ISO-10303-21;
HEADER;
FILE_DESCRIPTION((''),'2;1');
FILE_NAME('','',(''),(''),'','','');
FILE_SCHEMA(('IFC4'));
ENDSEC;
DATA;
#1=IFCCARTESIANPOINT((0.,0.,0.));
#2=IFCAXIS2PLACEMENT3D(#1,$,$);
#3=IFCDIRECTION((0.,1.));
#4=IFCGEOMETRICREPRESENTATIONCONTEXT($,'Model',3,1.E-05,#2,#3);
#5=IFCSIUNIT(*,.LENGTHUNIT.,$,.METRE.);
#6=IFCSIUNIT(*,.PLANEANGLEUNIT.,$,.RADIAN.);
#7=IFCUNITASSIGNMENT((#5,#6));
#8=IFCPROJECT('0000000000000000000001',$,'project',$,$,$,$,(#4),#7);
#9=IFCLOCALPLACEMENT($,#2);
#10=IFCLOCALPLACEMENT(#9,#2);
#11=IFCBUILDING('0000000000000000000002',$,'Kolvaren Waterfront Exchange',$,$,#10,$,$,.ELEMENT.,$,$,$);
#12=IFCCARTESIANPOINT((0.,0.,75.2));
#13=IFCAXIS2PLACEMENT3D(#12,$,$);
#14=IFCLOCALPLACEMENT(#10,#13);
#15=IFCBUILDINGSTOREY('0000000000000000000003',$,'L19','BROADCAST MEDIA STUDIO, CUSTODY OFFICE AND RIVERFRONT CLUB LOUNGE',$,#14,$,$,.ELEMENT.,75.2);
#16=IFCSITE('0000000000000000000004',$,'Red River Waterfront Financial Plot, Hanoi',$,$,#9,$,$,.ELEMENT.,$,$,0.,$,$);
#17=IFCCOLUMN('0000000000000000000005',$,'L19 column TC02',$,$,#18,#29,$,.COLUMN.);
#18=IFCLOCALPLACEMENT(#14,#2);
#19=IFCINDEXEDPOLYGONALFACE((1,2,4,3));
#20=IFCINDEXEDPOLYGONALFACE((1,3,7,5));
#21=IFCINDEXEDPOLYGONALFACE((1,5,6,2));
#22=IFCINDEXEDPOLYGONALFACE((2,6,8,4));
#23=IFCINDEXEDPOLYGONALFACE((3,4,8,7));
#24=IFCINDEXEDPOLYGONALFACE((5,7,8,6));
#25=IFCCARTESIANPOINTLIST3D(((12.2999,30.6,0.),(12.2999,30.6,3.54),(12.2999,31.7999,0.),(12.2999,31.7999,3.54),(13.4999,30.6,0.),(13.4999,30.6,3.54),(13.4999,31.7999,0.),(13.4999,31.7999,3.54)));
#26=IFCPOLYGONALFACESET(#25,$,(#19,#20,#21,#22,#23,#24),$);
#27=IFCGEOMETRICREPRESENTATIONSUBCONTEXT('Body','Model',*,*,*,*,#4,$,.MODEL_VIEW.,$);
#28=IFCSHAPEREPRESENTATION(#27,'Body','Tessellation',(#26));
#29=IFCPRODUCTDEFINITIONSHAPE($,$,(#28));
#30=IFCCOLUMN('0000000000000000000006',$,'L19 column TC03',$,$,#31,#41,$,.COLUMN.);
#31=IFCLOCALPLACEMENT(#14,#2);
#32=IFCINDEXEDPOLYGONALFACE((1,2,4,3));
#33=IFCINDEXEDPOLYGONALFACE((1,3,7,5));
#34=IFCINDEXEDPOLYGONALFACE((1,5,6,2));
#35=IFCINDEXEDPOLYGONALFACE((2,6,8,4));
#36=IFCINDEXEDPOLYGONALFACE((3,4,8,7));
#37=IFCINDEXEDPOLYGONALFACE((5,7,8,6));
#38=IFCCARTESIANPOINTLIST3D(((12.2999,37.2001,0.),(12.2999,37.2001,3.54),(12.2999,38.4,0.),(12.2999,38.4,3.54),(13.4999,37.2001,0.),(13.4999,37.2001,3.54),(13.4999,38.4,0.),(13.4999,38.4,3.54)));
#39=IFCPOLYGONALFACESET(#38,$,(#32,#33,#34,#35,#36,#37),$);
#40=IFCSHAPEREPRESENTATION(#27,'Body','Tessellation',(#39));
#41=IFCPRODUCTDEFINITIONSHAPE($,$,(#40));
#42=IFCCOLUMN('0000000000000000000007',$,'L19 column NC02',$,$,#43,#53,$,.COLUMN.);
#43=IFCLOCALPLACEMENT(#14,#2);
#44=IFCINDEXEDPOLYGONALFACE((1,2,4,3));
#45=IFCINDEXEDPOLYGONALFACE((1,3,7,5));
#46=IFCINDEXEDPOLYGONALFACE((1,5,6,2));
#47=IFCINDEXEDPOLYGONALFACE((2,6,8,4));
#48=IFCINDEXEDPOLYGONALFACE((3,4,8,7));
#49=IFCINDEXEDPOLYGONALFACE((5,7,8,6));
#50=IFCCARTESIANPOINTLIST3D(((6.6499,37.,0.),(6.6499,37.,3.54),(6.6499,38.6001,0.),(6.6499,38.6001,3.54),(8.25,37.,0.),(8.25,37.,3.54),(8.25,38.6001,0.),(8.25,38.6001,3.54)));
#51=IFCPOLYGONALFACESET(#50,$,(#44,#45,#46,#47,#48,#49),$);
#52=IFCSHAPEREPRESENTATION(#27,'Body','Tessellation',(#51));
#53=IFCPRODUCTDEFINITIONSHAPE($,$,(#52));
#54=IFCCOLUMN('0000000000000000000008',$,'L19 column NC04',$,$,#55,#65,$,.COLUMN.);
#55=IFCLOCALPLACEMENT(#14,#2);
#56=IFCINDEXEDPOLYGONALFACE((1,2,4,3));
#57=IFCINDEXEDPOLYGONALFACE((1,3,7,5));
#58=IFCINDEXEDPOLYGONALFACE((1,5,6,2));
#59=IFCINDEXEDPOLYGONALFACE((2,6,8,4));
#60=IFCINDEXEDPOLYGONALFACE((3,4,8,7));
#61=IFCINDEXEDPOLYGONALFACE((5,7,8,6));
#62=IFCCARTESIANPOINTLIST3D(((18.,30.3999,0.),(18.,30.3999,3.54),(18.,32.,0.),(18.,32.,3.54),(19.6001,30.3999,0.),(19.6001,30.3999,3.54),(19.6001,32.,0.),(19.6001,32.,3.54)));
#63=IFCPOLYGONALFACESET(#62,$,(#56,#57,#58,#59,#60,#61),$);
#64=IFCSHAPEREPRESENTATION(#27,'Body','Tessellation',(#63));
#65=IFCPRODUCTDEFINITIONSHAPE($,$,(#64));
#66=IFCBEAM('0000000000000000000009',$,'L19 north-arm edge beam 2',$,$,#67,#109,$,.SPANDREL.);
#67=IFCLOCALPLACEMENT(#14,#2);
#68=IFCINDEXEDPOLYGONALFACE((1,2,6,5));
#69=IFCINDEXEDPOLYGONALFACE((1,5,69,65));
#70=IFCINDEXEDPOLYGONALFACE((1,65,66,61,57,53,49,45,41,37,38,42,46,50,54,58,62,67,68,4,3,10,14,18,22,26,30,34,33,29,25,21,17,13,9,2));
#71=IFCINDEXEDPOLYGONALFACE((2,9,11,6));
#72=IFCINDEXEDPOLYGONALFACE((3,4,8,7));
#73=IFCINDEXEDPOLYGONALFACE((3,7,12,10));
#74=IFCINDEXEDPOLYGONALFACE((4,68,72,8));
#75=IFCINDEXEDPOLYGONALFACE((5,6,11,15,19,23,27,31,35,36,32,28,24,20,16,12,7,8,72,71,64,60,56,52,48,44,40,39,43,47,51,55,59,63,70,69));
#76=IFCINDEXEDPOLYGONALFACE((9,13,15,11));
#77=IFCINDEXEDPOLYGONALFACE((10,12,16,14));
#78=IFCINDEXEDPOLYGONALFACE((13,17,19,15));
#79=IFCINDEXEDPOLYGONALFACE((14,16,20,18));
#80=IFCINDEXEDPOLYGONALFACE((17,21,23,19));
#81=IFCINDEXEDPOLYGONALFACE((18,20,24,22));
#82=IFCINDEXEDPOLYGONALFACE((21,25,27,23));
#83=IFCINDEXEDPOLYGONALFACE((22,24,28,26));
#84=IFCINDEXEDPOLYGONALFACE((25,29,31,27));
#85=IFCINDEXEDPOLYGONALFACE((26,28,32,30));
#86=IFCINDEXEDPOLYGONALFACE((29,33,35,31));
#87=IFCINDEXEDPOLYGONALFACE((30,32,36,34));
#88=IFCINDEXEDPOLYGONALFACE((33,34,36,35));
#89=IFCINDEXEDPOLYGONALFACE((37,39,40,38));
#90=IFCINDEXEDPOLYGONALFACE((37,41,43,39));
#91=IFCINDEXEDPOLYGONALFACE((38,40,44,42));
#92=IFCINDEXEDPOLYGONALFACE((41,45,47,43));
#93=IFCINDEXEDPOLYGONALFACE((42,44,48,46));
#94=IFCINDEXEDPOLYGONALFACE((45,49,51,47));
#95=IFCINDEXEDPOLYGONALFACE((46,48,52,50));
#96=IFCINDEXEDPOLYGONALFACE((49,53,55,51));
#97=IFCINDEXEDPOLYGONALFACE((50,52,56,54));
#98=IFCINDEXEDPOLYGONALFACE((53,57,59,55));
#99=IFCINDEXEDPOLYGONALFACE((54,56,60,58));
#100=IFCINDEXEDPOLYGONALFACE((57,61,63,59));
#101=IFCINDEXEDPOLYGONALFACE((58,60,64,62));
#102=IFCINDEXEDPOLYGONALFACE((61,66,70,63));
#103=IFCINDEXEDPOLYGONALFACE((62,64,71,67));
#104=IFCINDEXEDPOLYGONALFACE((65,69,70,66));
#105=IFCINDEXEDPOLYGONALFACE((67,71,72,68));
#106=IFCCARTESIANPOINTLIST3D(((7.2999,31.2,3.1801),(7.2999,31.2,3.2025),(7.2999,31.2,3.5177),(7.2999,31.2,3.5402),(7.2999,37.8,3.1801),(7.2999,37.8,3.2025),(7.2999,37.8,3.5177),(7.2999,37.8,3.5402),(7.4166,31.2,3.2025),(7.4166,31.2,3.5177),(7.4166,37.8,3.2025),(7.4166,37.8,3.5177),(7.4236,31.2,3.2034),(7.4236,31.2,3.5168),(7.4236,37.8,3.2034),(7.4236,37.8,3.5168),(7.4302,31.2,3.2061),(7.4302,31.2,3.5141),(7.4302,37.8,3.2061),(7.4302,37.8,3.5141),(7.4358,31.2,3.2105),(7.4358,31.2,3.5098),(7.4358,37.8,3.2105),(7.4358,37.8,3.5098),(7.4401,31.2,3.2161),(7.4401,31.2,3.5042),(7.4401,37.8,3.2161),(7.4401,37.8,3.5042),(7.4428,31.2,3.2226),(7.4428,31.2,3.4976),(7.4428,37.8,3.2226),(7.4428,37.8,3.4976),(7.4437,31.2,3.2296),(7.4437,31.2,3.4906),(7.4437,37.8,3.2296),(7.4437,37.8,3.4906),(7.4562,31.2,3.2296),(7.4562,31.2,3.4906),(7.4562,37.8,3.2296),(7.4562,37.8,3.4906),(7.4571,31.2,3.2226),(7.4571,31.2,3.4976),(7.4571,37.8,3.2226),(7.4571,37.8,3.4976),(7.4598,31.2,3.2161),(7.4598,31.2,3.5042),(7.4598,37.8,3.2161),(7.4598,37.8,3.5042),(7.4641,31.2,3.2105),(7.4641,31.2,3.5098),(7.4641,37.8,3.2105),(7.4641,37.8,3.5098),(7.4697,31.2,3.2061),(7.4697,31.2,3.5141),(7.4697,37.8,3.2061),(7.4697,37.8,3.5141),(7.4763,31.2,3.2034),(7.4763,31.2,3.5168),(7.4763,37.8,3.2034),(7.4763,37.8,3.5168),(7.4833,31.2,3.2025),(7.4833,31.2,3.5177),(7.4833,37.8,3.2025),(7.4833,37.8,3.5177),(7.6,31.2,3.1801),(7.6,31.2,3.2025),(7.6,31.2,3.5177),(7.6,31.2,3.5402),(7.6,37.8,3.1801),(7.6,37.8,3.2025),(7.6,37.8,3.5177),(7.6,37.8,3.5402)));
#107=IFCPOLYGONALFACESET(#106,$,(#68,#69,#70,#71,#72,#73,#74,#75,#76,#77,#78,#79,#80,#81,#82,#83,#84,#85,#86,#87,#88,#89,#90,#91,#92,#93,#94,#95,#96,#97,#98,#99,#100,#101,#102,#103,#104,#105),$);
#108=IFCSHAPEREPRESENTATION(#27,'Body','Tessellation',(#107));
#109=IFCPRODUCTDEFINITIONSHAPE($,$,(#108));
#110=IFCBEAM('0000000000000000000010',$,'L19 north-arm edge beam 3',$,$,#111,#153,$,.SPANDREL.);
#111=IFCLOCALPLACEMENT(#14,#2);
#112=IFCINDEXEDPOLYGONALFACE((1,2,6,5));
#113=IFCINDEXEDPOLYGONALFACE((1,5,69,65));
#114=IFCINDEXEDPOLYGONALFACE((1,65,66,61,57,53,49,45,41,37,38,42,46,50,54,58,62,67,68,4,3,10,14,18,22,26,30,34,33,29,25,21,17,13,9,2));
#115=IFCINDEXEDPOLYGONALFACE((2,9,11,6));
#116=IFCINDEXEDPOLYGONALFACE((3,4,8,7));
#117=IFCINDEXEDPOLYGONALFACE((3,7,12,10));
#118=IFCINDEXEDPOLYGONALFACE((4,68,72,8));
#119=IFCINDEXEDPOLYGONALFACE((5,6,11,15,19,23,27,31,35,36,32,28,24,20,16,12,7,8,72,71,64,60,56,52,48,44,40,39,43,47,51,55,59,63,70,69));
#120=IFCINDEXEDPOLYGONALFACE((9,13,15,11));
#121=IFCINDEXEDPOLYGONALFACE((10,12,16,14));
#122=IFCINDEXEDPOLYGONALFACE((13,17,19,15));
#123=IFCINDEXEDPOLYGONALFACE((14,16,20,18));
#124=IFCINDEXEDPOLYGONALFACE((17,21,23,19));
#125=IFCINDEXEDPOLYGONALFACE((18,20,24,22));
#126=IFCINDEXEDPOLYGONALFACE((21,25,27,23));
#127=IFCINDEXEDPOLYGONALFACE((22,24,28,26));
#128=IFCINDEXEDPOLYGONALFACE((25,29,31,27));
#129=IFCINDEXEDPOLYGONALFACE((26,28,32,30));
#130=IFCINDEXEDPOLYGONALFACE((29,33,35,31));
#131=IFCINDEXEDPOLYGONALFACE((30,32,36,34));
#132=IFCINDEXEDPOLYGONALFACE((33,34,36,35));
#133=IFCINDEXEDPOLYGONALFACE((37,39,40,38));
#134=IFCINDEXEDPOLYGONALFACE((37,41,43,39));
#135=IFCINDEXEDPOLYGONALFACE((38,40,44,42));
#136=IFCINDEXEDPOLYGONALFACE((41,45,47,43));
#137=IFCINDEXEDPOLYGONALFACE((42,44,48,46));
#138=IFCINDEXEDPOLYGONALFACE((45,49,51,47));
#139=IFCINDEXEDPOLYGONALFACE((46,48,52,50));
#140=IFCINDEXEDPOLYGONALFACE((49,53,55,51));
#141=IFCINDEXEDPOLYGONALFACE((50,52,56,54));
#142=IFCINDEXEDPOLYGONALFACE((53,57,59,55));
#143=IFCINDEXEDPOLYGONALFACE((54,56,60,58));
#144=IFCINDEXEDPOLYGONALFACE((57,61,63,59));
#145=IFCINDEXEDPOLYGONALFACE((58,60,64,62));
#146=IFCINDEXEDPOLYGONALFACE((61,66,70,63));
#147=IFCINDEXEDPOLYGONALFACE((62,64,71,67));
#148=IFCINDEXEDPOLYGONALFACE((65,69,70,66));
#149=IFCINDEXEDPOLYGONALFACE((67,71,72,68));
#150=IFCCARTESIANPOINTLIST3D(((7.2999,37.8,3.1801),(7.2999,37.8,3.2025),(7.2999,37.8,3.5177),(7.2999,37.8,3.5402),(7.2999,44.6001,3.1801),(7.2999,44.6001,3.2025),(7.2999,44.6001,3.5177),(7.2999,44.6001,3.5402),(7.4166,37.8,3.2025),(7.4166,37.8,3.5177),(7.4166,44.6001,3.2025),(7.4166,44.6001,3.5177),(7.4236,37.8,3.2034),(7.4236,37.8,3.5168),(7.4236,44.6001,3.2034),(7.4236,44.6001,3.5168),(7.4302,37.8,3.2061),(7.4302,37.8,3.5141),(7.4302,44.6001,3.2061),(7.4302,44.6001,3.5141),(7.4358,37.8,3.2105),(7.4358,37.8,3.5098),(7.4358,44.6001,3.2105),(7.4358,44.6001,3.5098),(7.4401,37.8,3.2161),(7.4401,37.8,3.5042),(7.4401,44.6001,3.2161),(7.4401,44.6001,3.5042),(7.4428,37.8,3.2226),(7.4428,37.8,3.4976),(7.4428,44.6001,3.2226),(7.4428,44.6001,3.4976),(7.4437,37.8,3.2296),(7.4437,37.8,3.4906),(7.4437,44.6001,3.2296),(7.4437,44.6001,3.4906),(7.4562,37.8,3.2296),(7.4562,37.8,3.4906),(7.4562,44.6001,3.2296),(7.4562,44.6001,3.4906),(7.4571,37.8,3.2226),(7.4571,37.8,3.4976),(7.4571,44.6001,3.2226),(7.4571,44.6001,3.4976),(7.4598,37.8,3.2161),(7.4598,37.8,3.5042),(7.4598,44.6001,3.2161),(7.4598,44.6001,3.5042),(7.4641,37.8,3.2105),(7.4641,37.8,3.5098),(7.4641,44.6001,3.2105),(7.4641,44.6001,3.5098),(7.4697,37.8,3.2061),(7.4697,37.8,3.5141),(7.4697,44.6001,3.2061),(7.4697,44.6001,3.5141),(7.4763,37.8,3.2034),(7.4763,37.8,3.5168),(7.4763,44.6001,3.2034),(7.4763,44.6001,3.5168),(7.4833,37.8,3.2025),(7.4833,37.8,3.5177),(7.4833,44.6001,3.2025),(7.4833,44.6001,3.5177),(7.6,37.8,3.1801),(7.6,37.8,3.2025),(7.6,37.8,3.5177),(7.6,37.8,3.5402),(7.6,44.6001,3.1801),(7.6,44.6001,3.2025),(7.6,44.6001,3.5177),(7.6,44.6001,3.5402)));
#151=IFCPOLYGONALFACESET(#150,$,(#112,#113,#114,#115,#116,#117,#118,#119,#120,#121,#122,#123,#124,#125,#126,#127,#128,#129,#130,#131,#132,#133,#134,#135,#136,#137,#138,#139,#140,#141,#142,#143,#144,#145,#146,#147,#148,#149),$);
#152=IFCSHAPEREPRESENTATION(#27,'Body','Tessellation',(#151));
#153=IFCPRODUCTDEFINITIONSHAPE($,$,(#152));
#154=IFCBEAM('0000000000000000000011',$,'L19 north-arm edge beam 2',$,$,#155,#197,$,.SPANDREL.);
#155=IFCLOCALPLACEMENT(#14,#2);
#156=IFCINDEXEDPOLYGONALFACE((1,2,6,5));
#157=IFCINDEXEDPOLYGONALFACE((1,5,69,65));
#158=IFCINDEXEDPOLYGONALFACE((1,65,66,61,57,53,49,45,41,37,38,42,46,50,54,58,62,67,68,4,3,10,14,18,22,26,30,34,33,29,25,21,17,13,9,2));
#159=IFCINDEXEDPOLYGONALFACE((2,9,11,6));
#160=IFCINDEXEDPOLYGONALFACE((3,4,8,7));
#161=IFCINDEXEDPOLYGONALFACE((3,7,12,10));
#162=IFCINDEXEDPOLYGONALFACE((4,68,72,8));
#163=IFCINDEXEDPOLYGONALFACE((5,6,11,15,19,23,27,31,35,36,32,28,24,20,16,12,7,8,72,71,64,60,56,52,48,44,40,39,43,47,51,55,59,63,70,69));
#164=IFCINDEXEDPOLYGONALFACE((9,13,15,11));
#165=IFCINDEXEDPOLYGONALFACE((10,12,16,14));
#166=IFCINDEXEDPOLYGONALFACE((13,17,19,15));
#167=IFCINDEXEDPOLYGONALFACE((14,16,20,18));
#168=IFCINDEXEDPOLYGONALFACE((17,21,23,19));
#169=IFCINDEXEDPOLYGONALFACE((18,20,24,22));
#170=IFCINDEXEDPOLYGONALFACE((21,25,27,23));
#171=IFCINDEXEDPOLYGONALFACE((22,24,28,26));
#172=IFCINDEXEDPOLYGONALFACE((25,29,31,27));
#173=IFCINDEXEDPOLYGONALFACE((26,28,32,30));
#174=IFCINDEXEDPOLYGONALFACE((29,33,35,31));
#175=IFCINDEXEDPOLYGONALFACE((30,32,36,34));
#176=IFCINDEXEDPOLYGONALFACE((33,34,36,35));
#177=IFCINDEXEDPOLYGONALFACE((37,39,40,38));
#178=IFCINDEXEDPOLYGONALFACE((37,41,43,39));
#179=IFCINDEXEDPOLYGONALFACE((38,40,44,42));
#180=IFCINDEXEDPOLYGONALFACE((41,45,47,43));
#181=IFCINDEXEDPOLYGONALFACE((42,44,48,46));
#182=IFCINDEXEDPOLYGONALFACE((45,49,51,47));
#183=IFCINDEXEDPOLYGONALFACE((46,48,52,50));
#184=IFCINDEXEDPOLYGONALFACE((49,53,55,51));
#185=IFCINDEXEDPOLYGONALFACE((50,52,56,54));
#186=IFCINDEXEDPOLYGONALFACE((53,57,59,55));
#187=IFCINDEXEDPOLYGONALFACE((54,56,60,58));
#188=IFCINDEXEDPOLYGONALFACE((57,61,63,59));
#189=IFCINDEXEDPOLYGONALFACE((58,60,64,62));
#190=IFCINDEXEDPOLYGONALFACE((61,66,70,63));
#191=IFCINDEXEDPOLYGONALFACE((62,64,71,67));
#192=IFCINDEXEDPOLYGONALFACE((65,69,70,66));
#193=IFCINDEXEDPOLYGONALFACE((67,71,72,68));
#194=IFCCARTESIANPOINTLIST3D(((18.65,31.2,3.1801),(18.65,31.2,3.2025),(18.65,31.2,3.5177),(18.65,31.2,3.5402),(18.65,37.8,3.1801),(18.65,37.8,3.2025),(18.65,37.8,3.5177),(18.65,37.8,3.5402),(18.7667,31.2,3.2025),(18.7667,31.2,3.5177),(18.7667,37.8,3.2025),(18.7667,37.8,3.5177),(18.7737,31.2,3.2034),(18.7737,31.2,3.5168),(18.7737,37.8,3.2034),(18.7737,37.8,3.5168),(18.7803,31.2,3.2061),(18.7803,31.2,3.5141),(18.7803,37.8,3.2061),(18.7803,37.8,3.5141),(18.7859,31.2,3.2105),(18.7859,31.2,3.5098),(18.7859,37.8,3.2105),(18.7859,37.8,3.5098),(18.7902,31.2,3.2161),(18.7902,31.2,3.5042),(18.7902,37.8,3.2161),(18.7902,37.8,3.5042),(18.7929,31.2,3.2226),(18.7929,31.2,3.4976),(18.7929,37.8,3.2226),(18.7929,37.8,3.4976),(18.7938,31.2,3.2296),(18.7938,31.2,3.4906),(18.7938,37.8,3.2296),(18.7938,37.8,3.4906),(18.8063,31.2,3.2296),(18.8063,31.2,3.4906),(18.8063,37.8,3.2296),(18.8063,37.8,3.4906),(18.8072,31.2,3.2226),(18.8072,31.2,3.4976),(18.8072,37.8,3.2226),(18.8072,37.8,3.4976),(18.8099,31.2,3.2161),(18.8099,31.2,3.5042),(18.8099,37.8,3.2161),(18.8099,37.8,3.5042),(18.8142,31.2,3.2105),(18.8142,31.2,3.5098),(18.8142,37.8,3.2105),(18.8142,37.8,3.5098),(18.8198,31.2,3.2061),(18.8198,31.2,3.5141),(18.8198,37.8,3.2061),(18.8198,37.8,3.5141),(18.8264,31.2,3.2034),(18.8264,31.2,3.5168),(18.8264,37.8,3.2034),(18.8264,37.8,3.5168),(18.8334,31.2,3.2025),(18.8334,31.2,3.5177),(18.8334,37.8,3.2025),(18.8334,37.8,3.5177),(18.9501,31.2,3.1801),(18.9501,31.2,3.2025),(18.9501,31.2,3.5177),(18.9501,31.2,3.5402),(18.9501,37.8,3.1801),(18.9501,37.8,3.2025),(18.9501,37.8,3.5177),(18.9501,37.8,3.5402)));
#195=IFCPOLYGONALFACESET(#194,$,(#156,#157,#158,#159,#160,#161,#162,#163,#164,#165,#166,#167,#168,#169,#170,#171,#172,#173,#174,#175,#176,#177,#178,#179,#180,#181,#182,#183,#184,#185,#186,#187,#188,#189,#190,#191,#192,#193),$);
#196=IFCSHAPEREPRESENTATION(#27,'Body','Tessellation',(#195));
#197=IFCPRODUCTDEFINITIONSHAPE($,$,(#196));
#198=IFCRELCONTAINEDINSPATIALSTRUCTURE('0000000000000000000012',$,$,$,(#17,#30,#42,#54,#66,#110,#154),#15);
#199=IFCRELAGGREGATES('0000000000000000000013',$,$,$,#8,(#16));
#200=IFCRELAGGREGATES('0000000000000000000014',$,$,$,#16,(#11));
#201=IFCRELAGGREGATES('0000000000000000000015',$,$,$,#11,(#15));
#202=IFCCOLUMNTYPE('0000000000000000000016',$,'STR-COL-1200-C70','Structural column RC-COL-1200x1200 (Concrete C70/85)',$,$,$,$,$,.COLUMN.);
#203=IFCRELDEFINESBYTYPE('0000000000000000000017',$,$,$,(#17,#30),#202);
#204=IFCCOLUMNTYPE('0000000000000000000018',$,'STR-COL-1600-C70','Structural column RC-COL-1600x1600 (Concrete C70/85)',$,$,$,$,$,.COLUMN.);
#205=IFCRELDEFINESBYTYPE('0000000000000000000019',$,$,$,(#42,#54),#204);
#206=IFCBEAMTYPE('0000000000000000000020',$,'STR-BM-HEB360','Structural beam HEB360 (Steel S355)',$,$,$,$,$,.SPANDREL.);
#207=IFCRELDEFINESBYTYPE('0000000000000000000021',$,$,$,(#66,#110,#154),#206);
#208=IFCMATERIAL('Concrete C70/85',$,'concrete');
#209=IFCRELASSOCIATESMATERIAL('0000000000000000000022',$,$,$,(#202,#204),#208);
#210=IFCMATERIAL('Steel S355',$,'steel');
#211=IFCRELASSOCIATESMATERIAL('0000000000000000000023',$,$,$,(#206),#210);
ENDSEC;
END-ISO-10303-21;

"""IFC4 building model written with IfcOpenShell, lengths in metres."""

from ifc_helpers import new_model, si_unit, direction, frame, origin, origin_2d, place, context, subcontext, project, spatial, rectangle, i_section, extrude, material, material_profile, profile_set, type_object, element, save


model = new_model("IFC4")

# Units and contexts
model_context = context("Model", 3, precision=1e-05, world=origin(), true_north=direction((0.0, 1.0)))
body_context = subcontext(model_context, "Body", "Model", "MODEL_VIEW")
ifc_project = project(units=[si_unit("LENGTHUNIT", "METRE"), si_unit("PLANEANGLEUNIT", "RADIAN")], contexts=[model_context])

# Site, building, storey
site_placement = place(None, origin())
site = spatial("IfcSite", under=ifc_project, at=site_placement, Name="Red River Waterfront Financial Plot, Hanoi", CompositionType="ELEMENT", RefElevation=0.0)
building_placement = place(site_placement, origin())
building = spatial("IfcBuilding", under=site, at=building_placement, Name="Kolvaren Waterfront Exchange", CompositionType="ELEMENT")
storey_placement = place(building_placement, frame((0.0, 0.0, 75.2)))
storey = spatial("IfcBuildingStorey", under=building, at=storey_placement, Name="L19", Description="BROADCAST MEDIA STUDIO, CUSTODY OFFICE AND RIVERFRONT CLUB LOUNGE", CompositionType="ELEMENT", Elevation=75.2)

# Columns
ifc_material_1 = material(Name="Concrete C70/85", Category="concrete")
ifc_material_profile_1 = material_profile(ifc_material_1, rectangle(XDim=1.2, YDim=1.2, at=origin_2d()), Name="RC-COL-1200x1200")
ifc_profile_set_1 = profile_set([ifc_material_profile_1], Name="Concrete C70/85")
column_type_1 = type_object("IfcColumnType", Name="STR-COL-1200-C70", Description="Structural column RC-COL-1200x1200 (Concrete C70/85)", PredefinedType="COLUMN", material=ifc_profile_set_1)
for number, where, z_axis, x_axis, name in (
    (1, (12.8999, 31.2, 0.0), (0.0, 0.0, 1.0), (1.0, 0.0, 0.0), "L19 column TC02"),
    (2, (12.8999, 37.8, 0.0), (0.0, 0.0, 1.0), (1.0, 0.0, 0.0), "L19 column TC03"),
):
    element("IfcColumn", number, at=place(storey_placement, frame(where, z_axis=z_axis, x_axis=x_axis)), inside=storey, type_object=column_type_1, Name=name, PredefinedType="COLUMN", context=body_context, shape_type="SweptSolid", body=[
        extrude(rectangle(XDim=1.2, YDim=1.2, at=origin_2d()), origin(), (0.0, 0.0, 1.0), 3.54),
    ])
ifc_material_profile_2 = material_profile(ifc_material_1, rectangle(XDim=1.6001, YDim=1.6001, at=origin_2d()), Name="RC-COL-1600x1600")
ifc_profile_set_2 = profile_set([ifc_material_profile_2], Name="Concrete C70/85")
column_type_2 = type_object("IfcColumnType", Name="STR-COL-1600-C70", Description="Structural column RC-COL-1600x1600 (Concrete C70/85)", PredefinedType="COLUMN", material=ifc_profile_set_2)
for number, where, z_axis, x_axis, name in (
    (3, (7.45, 37.8, 0.0), (0.0, 0.0, 1.0), (1.0, 0.0, 0.0), "L19 column NC02"),
    (4, (18.8, 31.2, 0.0), (0.0, 0.0, 1.0), (1.0, 0.0, 0.0), "L19 column NC04"),
):
    element("IfcColumn", number, at=place(storey_placement, frame(where, z_axis=z_axis, x_axis=x_axis)), inside=storey, type_object=column_type_2, Name=name, PredefinedType="COLUMN", context=body_context, shape_type="SweptSolid", body=[
        extrude(rectangle(XDim=1.6001, YDim=1.6001, at=origin_2d()), origin(), (0.0, 0.0, 1.0), 3.54),
    ])

# Beams
ifc_material_2 = material(Name="Steel S355", Category="steel")
ifc_material_profile_3 = material_profile(ifc_material_2, i_section(OverallWidth=0.3, OverallDepth=0.3601, WebThickness=0.0125, FlangeThickness=0.0225, FilletRadius=0.0271, at=origin_2d()), Name="HEB360")
ifc_profile_set_3 = profile_set([ifc_material_profile_3], Name="Steel S355")
beam_type_1 = type_object("IfcBeamType", Name="STR-BM-HEB360", Description="Structural beam HEB360 (Steel S355)", PredefinedType="SPANDREL", material=ifc_profile_set_3)
beam_1_placement = place(storey_placement, frame((7.45, 31.2, 3.3601), z_axis=(0.0, 1.0, 0.0), x_axis=(-1.0, 0.0, 0.0)))
element("IfcBeam", 5, at=beam_1_placement, inside=storey, type_object=beam_type_1, Name="L19 north-arm edge beam 2", PredefinedType="SPANDREL", context=body_context, shape_type="SweptSolid", body=[
    extrude(i_section(OverallWidth=0.3, OverallDepth=0.3601, WebThickness=0.0125, FlangeThickness=0.0225, FilletRadius=0.0271, at=origin_2d()), origin(), (0.0, 0.0, 1.0), 6.6001),
])
beam_2_placement = place(storey_placement, frame((7.45, 37.8, 3.3601), z_axis=(0.0, 1.0, 0.0), x_axis=(-1.0, 0.0, 0.0)))
element("IfcBeam", 6, at=beam_2_placement, inside=storey, type_object=beam_type_1, Name="L19 north-arm edge beam 3", PredefinedType="SPANDREL", context=body_context, shape_type="SweptSolid", body=[
    extrude(i_section(OverallWidth=0.3, OverallDepth=0.3601, WebThickness=0.0125, FlangeThickness=0.0225, FilletRadius=0.0271, at=origin_2d()), origin(), (0.0, 0.0, 1.0), 6.8),
])
beam_3_placement = place(storey_placement, frame((18.8, 31.2, 3.3601), z_axis=(0.0, 1.0, 0.0), x_axis=(-1.0, 0.0, 0.0)))
element("IfcBeam", 7, at=beam_3_placement, inside=storey, type_object=beam_type_1, Name="L19 north-arm edge beam 2", PredefinedType="SPANDREL", context=body_context, shape_type="SweptSolid", body=[
    extrude(i_section(OverallWidth=0.3, OverallDepth=0.3601, WebThickness=0.0125, FlangeThickness=0.0225, FilletRadius=0.0271, at=origin_2d()), origin(), (0.0, 0.0, 1.0), 6.6001),
])

save(model, "model.ifc")
